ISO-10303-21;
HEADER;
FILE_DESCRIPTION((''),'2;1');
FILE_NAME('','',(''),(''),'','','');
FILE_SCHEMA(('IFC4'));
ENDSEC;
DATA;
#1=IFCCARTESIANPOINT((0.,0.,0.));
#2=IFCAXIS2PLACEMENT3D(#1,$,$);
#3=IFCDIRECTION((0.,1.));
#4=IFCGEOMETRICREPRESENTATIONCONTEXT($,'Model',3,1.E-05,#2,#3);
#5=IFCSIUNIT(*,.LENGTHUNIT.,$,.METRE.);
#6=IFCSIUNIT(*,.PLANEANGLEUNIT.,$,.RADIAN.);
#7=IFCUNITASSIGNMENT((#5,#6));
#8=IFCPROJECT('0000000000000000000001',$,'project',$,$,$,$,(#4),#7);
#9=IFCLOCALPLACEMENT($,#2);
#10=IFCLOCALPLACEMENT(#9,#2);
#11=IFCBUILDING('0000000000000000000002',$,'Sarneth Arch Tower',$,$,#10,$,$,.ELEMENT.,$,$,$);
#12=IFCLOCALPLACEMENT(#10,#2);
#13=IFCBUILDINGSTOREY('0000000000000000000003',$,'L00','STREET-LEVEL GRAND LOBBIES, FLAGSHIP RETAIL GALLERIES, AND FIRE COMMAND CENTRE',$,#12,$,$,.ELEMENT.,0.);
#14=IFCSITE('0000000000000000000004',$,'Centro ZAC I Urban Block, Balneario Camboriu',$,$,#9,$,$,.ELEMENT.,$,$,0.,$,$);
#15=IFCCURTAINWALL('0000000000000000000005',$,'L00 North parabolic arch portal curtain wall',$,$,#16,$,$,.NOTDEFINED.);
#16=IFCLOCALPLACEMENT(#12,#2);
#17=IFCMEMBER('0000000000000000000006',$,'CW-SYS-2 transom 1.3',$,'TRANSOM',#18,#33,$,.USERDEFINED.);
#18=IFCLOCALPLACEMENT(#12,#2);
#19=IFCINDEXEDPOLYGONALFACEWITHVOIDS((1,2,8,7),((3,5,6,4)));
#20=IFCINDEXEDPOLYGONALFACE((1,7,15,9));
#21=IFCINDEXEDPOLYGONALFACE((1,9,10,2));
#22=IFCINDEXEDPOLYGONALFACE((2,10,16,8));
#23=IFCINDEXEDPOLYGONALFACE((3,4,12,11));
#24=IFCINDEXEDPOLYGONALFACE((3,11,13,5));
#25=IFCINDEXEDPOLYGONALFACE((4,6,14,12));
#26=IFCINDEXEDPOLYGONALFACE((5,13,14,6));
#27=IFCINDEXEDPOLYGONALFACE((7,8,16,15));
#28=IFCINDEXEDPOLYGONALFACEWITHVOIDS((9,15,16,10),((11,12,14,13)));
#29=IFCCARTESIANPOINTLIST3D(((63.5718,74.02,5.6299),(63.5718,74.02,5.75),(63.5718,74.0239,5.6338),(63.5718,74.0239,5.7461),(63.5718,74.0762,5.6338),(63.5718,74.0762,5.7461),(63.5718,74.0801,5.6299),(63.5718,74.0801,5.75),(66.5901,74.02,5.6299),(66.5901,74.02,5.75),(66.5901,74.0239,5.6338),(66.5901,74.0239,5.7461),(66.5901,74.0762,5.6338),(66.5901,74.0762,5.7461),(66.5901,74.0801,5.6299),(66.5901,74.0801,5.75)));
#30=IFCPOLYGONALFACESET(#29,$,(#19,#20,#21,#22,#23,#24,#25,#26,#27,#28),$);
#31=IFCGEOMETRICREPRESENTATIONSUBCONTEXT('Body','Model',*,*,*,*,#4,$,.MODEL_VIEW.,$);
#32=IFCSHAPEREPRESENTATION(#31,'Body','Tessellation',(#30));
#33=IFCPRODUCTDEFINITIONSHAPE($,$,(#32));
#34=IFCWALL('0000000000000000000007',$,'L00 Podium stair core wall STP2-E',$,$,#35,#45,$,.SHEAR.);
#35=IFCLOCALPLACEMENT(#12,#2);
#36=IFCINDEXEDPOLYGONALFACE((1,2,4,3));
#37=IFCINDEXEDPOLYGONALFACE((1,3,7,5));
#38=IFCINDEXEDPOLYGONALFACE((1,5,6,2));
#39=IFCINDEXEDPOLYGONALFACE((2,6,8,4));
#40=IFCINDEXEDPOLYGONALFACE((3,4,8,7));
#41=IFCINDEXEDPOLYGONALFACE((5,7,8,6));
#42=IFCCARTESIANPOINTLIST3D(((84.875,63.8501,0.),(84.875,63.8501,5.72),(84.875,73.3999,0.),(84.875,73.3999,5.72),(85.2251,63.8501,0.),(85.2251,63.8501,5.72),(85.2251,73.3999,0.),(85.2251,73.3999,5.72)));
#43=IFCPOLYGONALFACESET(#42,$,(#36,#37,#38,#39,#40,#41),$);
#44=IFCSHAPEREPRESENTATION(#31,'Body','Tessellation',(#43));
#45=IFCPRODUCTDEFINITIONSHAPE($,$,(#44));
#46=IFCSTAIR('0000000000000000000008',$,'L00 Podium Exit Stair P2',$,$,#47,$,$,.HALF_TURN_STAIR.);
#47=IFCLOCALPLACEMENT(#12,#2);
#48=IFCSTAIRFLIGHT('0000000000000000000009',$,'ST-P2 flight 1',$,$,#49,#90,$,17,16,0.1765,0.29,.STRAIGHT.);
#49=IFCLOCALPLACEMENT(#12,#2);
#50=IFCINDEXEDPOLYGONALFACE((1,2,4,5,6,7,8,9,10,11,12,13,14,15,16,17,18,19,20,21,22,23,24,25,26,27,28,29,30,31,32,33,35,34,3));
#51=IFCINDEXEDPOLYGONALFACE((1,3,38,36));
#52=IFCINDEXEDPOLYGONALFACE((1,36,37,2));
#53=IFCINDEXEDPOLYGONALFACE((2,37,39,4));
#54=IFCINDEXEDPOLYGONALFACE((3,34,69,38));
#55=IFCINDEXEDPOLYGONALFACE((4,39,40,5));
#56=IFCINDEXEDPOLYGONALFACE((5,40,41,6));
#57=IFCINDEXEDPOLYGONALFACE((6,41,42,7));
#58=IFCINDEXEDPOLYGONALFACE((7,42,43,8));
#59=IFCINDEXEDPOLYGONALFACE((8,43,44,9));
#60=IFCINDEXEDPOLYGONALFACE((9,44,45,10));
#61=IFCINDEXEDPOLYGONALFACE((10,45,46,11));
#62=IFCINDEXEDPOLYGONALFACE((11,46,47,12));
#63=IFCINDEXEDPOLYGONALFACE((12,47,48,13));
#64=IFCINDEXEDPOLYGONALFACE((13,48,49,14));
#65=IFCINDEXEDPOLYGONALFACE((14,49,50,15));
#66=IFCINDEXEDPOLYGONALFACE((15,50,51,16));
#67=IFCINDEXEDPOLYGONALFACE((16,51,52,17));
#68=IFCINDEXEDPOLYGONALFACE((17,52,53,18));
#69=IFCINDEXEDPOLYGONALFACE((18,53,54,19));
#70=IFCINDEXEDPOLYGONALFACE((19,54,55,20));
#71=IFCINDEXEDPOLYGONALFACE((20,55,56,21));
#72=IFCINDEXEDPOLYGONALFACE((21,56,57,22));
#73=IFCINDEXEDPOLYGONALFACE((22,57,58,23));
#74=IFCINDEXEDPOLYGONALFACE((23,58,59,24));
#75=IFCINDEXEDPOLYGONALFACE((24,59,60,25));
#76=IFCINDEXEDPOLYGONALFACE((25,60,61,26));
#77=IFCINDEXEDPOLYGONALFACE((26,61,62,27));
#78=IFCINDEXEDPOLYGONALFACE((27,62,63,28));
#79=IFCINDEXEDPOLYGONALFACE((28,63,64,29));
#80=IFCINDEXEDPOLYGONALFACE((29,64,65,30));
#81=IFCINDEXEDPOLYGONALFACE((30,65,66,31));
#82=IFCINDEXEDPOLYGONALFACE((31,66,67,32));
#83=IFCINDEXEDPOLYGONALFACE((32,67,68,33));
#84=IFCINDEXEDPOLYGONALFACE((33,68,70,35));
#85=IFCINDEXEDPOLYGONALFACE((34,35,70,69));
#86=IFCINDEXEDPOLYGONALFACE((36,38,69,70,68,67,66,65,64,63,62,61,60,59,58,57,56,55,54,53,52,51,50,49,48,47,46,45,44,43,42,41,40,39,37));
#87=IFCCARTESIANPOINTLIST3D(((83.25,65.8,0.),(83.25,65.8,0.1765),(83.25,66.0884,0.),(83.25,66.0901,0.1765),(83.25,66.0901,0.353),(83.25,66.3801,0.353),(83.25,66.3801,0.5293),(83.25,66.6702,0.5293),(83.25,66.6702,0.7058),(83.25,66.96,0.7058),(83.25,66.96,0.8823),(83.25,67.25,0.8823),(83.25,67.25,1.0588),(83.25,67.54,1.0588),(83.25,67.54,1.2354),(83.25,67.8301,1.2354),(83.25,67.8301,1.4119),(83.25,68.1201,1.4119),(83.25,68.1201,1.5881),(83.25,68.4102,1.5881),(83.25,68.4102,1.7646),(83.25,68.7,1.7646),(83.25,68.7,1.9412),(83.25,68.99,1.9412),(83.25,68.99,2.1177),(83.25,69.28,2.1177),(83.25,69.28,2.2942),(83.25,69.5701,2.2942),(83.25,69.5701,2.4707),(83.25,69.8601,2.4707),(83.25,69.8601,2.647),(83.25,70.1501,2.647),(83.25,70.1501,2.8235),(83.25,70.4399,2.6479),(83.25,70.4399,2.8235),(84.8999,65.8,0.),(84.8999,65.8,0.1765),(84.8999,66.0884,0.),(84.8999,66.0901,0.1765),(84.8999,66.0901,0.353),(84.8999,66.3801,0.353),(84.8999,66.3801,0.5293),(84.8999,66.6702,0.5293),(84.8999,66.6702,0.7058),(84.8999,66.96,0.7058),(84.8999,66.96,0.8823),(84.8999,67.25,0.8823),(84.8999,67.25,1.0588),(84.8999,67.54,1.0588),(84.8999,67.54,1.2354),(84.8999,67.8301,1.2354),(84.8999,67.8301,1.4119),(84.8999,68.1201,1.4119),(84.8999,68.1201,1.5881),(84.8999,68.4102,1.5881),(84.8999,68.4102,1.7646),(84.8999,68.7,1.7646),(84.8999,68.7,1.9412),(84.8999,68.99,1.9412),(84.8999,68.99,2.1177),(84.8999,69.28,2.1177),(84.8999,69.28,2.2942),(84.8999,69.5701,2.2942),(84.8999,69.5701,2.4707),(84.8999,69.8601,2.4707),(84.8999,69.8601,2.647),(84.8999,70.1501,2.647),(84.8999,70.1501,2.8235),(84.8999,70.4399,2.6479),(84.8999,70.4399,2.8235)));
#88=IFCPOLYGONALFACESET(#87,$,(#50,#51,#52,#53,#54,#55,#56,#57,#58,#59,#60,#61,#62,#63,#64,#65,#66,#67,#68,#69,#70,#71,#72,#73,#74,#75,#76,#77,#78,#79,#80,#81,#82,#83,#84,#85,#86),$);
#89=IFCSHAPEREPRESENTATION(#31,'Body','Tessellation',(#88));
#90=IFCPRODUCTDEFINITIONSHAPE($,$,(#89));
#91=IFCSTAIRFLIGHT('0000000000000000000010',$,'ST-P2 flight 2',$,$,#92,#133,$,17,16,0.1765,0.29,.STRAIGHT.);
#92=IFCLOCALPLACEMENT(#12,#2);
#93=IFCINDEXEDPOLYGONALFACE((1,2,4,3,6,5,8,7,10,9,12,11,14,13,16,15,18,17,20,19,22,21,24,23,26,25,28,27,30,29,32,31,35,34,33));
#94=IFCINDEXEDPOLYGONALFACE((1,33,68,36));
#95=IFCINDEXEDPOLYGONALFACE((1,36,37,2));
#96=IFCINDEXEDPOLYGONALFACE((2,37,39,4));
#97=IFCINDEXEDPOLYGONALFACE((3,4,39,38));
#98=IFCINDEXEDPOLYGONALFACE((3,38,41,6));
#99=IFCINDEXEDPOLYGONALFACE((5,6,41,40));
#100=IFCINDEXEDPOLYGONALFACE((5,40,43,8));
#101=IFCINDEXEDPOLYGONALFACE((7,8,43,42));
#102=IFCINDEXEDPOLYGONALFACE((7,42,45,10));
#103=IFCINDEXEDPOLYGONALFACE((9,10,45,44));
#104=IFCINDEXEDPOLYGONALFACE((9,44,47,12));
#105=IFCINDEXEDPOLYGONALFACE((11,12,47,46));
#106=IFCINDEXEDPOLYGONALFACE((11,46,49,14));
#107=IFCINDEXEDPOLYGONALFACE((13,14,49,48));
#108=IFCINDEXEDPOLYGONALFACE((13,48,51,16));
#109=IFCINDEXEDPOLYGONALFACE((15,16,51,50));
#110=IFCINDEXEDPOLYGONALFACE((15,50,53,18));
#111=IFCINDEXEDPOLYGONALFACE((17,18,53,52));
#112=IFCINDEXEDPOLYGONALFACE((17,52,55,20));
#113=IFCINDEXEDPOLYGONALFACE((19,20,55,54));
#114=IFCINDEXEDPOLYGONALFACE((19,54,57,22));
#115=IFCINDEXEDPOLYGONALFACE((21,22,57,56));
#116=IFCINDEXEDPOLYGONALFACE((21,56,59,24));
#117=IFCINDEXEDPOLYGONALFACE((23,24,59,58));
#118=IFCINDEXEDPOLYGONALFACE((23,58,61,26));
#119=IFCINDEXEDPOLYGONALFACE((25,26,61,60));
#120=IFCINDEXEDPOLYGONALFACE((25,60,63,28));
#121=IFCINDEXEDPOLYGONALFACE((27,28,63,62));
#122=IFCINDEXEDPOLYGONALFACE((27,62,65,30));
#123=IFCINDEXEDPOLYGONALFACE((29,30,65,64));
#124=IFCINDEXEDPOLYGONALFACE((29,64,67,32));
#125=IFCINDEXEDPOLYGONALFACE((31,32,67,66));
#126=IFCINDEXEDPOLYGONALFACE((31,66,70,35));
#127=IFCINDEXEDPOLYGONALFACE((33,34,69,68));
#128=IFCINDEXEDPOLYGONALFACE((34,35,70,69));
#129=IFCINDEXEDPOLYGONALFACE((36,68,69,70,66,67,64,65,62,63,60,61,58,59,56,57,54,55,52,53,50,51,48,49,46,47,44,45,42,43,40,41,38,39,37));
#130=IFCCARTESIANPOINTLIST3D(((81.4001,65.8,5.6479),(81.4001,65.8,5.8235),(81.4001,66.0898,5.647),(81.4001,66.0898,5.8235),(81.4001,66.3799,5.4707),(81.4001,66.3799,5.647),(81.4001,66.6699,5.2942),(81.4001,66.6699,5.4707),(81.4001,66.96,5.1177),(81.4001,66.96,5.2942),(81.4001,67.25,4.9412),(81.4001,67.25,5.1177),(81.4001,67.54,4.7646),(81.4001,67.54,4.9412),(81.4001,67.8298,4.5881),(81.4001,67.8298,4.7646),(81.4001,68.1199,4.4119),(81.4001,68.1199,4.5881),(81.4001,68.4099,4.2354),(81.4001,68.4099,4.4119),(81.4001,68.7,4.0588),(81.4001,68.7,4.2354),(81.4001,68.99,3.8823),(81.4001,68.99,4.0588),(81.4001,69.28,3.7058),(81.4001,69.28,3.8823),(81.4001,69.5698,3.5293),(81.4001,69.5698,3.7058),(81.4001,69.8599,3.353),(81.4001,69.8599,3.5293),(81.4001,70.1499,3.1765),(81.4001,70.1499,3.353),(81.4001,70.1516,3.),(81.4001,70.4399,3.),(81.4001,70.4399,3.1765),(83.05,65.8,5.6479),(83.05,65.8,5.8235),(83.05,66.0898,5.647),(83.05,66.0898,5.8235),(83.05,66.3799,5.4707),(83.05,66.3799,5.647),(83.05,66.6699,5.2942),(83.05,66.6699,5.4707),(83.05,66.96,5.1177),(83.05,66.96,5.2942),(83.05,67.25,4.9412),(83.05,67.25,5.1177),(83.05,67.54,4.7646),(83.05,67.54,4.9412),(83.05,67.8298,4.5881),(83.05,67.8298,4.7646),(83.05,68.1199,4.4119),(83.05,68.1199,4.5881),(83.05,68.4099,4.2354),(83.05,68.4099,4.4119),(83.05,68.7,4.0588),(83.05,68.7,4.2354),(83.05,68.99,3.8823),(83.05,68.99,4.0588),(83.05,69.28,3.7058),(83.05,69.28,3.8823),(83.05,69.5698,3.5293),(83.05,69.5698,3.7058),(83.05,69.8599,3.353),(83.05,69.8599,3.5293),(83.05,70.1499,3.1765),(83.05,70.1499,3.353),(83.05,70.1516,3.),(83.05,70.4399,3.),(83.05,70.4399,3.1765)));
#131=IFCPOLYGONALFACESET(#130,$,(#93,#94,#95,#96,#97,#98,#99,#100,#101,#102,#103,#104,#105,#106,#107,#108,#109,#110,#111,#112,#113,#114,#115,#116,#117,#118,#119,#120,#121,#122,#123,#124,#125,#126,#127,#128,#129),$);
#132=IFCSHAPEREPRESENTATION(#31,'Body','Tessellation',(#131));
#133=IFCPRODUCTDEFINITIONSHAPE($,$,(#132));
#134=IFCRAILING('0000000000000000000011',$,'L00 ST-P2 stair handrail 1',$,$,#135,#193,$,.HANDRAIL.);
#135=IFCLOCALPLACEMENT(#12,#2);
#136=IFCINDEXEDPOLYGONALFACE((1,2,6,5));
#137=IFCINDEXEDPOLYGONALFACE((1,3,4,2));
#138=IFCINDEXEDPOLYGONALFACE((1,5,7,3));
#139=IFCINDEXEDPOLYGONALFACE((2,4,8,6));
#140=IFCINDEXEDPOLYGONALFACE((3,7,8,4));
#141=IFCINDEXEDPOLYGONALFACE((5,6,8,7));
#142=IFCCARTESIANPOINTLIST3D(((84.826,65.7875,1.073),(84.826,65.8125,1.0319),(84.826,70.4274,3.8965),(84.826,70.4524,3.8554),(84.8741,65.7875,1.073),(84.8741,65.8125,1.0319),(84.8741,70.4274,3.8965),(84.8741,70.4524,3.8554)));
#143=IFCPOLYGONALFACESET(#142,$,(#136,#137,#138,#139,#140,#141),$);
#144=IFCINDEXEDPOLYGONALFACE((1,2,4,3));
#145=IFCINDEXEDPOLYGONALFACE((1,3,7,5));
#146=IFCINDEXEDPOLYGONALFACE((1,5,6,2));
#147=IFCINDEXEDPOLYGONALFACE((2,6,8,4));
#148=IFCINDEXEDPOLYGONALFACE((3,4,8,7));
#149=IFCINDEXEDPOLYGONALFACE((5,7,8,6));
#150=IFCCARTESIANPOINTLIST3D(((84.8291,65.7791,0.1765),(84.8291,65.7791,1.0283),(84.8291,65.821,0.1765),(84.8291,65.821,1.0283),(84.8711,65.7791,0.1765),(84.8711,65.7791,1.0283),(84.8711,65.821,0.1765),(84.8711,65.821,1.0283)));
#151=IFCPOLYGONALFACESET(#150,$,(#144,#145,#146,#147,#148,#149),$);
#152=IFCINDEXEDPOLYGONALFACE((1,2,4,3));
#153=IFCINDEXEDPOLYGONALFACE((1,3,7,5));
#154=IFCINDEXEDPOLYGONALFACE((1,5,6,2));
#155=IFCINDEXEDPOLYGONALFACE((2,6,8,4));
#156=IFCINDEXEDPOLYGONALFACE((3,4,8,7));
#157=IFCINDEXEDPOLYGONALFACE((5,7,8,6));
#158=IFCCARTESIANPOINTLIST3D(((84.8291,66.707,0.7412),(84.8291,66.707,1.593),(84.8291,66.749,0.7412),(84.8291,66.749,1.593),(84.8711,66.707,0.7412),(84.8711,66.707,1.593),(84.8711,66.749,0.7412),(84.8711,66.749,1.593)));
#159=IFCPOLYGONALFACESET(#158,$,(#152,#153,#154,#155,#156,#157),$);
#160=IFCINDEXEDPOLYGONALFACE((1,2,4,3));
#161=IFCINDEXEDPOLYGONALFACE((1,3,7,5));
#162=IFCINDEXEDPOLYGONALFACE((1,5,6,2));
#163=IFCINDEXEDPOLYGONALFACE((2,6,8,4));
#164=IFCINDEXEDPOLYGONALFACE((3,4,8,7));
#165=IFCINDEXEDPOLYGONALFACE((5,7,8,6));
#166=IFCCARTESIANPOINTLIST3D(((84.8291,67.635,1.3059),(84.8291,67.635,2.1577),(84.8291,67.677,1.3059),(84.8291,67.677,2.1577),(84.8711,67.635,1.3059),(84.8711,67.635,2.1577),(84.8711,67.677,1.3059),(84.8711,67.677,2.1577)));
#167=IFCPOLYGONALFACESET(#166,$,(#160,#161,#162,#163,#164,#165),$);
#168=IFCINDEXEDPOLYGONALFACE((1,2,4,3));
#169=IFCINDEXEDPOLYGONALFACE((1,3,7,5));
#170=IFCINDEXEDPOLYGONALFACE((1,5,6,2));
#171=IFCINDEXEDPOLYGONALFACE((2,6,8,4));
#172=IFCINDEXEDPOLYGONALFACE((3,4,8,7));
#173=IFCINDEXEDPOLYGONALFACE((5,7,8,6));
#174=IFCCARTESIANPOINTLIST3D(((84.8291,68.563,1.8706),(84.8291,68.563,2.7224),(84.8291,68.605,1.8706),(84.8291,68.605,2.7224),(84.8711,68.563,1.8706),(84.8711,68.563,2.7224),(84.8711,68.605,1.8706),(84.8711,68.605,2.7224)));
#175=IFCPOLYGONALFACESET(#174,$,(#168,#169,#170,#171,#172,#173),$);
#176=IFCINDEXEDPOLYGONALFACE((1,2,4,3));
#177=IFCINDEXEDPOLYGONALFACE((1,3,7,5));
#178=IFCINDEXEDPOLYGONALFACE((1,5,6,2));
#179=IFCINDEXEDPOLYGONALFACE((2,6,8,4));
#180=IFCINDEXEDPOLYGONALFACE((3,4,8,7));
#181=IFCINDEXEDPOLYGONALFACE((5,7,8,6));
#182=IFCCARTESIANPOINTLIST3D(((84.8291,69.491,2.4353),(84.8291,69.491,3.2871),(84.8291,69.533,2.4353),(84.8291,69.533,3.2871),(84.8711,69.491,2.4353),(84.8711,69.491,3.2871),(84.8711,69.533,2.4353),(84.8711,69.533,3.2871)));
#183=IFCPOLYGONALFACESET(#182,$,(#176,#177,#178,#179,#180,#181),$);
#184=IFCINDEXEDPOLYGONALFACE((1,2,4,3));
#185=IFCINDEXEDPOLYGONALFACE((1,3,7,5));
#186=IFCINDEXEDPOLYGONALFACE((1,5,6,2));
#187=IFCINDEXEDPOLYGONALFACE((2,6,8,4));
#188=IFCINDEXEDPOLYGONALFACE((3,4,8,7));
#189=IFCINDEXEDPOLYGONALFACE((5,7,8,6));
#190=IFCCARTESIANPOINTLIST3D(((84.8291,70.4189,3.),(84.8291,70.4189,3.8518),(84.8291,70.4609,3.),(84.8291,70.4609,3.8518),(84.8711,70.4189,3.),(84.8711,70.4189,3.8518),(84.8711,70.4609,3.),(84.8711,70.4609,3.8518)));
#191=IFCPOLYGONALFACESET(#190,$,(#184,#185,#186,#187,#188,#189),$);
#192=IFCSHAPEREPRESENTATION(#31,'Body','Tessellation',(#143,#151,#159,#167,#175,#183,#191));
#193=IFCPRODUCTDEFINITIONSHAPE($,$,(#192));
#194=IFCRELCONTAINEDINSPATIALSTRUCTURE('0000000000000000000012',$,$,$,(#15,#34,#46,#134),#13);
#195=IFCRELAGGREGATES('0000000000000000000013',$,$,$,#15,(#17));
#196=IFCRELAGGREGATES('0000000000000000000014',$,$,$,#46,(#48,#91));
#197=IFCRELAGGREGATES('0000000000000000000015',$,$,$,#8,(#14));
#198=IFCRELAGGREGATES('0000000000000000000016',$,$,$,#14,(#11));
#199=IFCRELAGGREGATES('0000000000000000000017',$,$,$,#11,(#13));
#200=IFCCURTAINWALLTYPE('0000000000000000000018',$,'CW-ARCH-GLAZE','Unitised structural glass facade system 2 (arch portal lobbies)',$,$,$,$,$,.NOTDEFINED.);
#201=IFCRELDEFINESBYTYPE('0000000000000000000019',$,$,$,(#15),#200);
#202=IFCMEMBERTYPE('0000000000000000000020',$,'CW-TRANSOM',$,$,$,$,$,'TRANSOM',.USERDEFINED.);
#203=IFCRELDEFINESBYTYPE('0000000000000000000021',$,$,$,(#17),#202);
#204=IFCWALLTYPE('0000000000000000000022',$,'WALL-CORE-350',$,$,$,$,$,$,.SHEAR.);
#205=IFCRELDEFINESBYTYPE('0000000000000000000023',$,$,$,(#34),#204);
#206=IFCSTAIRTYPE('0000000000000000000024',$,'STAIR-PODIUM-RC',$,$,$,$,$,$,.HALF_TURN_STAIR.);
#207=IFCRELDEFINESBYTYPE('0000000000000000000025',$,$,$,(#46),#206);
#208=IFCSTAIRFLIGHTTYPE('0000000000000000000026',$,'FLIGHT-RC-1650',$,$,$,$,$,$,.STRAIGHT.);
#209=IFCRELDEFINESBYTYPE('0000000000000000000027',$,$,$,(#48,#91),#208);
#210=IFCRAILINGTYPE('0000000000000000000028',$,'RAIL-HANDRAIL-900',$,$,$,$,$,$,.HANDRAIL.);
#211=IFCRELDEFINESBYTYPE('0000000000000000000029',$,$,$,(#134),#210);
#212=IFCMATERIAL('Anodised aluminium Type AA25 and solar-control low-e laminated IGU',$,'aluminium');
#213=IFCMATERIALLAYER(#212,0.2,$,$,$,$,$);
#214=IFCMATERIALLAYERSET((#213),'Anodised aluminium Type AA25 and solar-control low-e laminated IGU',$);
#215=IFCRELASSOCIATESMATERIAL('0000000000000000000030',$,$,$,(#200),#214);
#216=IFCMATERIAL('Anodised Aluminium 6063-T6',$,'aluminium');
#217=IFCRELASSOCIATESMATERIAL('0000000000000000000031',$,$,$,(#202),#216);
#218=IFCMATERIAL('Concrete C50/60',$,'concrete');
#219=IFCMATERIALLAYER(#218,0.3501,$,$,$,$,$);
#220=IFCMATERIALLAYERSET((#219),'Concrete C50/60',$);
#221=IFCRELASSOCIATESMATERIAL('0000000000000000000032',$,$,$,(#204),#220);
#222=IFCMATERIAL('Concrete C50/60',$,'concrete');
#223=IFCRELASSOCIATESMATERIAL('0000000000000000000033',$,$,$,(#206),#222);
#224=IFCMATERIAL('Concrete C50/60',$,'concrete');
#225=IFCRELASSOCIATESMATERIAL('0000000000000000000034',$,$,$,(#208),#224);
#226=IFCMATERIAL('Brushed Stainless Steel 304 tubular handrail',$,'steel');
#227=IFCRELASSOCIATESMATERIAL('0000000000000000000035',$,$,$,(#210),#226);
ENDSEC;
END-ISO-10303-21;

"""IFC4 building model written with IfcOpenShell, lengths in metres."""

from ifc_helpers import new_model, si_unit, direction, frame, frame_2d, origin, origin_2d, place, context, subcontext, project, spatial, polyline, rectangle, hollow_rectangle, outline, extrude, material, layer, layer_set, material_profile, profile_set, type_object, element, aggregate, save


model = new_model("IFC4")

# Units and contexts
model_context = context("Model", 3, precision=1e-05, world=origin(), true_north=direction((0.0, 1.0)))
body_context = subcontext(model_context, "Body", "Model", "MODEL_VIEW")
ifc_project = project(units=[si_unit("LENGTHUNIT", "METRE"), si_unit("PLANEANGLEUNIT", "RADIAN")], contexts=[model_context])

# Site, building, storey
site_placement = place(None, origin())
site = spatial("IfcSite", under=ifc_project, at=site_placement, Name="Centro ZAC I Urban Block, Balneario Camboriu", CompositionType="ELEMENT", RefElevation=0.0)
building_placement = place(site_placement, origin())
building = spatial("IfcBuilding", under=site, at=building_placement, Name="Sarneth Arch Tower", CompositionType="ELEMENT")
storey_placement = place(building_placement, origin())
storey = spatial("IfcBuildingStorey", under=building, at=storey_placement, Name="L00", Description="STREET-LEVEL GRAND LOBBIES, FLAGSHIP RETAIL GALLERIES, AND FIRE COMMAND CENTRE", CompositionType="ELEMENT", Elevation=0.0)

# Curtain wall, member
ifc_material_1 = material(Name="Anodised aluminium Type AA25 and solar-control low-e laminated IGU", Category="aluminium")
ifc_layer_1 = layer(ifc_material_1, 0.2)
ifc_layer_set_1 = layer_set([ifc_layer_1], Name="Anodised aluminium Type AA25 and solar-control low-e laminated IGU")
curtain_wall_type = type_object("IfcCurtainWallType", Name="CW-ARCH-GLAZE", Description="Unitised structural glass facade system 2 (arch portal lobbies)", PredefinedType="NOTDEFINED", material=ifc_layer_set_1)
curtain_wall_placement = place(storey_placement, origin())
curtain_wall = element("IfcCurtainWall", 1, at=curtain_wall_placement, inside=storey, type_object=curtain_wall_type, Name="L00 North parabolic arch portal curtain wall", PredefinedType="NOTDEFINED")
ifc_material_2 = material(Name="Anodised Aluminium 6063-T6", Category="aluminium")
ifc_material_profile_1 = material_profile(ifc_material_2, hollow_rectangle(XDim=0.0601, YDim=0.1201, WallThickness=0.0039, at=origin_2d()), Name="AL-TRAN-120x60x4")
ifc_profile_set_1 = profile_set([ifc_material_profile_1], Name="Anodised Aluminium 6063-T6")
member_type = type_object("IfcMemberType", Name="CW-TRANSOM", ElementType="TRANSOM", PredefinedType="USERDEFINED", material=ifc_profile_set_1)
member_1_placement = place(storey_placement, frame((66.5901, 74.05, 5.6899), z_axis=(-1.0, 0.0, 0.0), x_axis=(0.0, -1.0, 0.0)))
member_1 = element("IfcMember", 2, at=member_1_placement, type_object=member_type, Name="CW-SYS-2 transom 1.3", ObjectType="TRANSOM", PredefinedType="USERDEFINED", context=body_context, shape_type="SweptSolid", body=[
    extrude(hollow_rectangle(XDim=0.0601, YDim=0.1201, WallThickness=0.0039, at=origin_2d()), origin(), (0.0, 0.0, 1.0), 3.0183),
])
aggregate(curtain_wall, [member_1])

# Wall
ifc_material_3 = material(Name="Concrete C50/60", Category="concrete")
ifc_layer_2 = layer(ifc_material_3, 0.3501)
ifc_layer_set_2 = layer_set([ifc_layer_2], Name="Concrete C50/60")
wall_type_1 = type_object("IfcWallType", Name="WALL-CORE-350", PredefinedType="SHEAR", material=ifc_layer_set_2)
wall_1_placement = place(storey_placement, frame((85.05, 63.8501, 0.0), z_axis=(0.0, 0.0, 1.0), x_axis=(0.0, 1.0, 0.0)))
element("IfcWall", 3, at=wall_1_placement, inside=storey, type_object=wall_type_1, Name="L00 Podium stair core wall STP2-E", PredefinedType="SHEAR", context=body_context, shape_type="SweptSolid", body=[
    extrude(rectangle(XDim=9.5498, YDim=0.3501, at=frame_2d((4.7749, 0.0))), origin(), (0.0, 0.0, 1.0), 5.72),
])

# Stair, stair flights
ifc_material_4 = material(Name="Concrete C50/60", Category="concrete")
stair_type = type_object("IfcStairType", Name="STAIR-PODIUM-RC", PredefinedType="HALF_TURN_STAIR", material=ifc_material_4)
stair_placement = place(storey_placement, origin())
stair = element("IfcStair", 4, at=stair_placement, inside=storey, type_object=stair_type, Name="L00 Podium Exit Stair P2", PredefinedType="HALF_TURN_STAIR")
ifc_material_5 = material(Name="Concrete C50/60", Category="concrete")
stair_flight_type = type_object("IfcStairFlightType", Name="FLIGHT-RC-1650", PredefinedType="STRAIGHT", material=ifc_material_5)
stair_flight_1_placement = place(storey_placement, frame((84.075, 65.8, 0.0), z_axis=(0.0, 0.0, 1.0), x_axis=(0.0, 1.0, 0.0)))
stair_flight_1 = element("IfcStairFlight", 5, at=stair_flight_1_placement, type_object=stair_flight_type, Name="ST-P2 flight 1", NumberOfRisers=17, NumberOfTreads=16, PredefinedType="STRAIGHT", RiserHeight=0.1765, TreadLength=0.29, context=body_context, shape_type="SweptSolid", body=[
    extrude(outline(polyline([(0.0, 0.0), (0.0, 0.1765), (0.29, 0.1765), (0.29, 0.353), (0.5801, 0.353), (0.5801, 0.5293), (0.8701, 0.5293), (0.8701, 0.7058), (1.1599, 0.7058), (1.1599, 0.8823), (1.45, 0.8823), (1.45, 1.0588), (1.74, 1.0588), (1.74, 1.2354), (2.03, 1.2354), (2.03, 1.4119), (2.3201, 1.4119), (2.3201, 1.5881), (2.6101, 1.5881), (2.6101, 1.7646), (2.8999, 1.7646), (2.8999, 1.9412), (3.1899, 1.9412), (3.1899, 2.1177), (3.48, 2.1177), (3.48, 2.2942), (3.77, 2.2942), (3.77, 2.4707), (4.0601, 2.4707), (4.0601, 2.647), (4.3501, 2.647), (4.3501, 2.8235), (4.6399, 2.8235), (4.6399, 3.0), (4.6399, 2.6479), (0.2883, 0.0), (0.0, 0.0)])), frame((0.0, 0.825, 0.0), z_axis=(0.0, -1.0, 0.0), x_axis=(1.0, 0.0, 0.0)), (0.0, 0.0, 1.0), 1.6499),
])
stair_flight_2_placement = place(storey_placement, frame((82.2251, 70.4399, 3.0), z_axis=(0.0, 0.0, 1.0), x_axis=(0.0, -1.0, 0.0)))
stair_flight_2 = element("IfcStairFlight", 6, at=stair_flight_2_placement, type_object=stair_flight_type, Name="ST-P2 flight 2", NumberOfRisers=17, NumberOfTreads=16, PredefinedType="STRAIGHT", RiserHeight=0.1765, TreadLength=0.29, context=body_context, shape_type="SweptSolid", body=[
    extrude(outline(polyline([(0.0, 0.0), (0.0, 0.1765), (0.29, 0.1765), (0.29, 0.353), (0.5801, 0.353), (0.5801, 0.5293), (0.8701, 0.5293), (0.8701, 0.7058), (1.1599, 0.7058), (1.1599, 0.8823), (1.45, 0.8823), (1.45, 1.0588), (1.74, 1.0588), (1.74, 1.2354), (2.03, 1.2354), (2.03, 1.4119), (2.3201, 1.4119), (2.3201, 1.5881), (2.6101, 1.5881), (2.6101, 1.7646), (2.8999, 1.7646), (2.8999, 1.9412), (3.1899, 1.9412), (3.1899, 2.1177), (3.48, 2.1177), (3.48, 2.2942), (3.77, 2.2942), (3.77, 2.4707), (4.0601, 2.4707), (4.0601, 2.647), (4.3501, 2.647), (4.3501, 2.8235), (4.6399, 2.8235), (4.6399, 3.0), (4.6399, 2.6479), (0.2883, 0.0), (0.0, 0.0)])), frame((0.0, 0.825, 0.0), z_axis=(0.0, -1.0, 0.0), x_axis=(1.0, 0.0, 0.0)), (0.0, 0.0, 1.0), 1.6499),
])
aggregate(stair, [stair_flight_1, stair_flight_2])

# Railing
ifc_material_6 = material(Name="Brushed Stainless Steel 304 tubular handrail", Category="steel")
railing_type_1 = type_object("IfcRailingType", Name="RAIL-HANDRAIL-900", PredefinedType="HANDRAIL", material=ifc_material_6)
railing_1_placement = place(storey_placement, frame((84.8501, 65.8, 0.1765)))
element("IfcRailing", 7, at=railing_1_placement, inside=storey, type_object=railing_type_1, Name="L00 ST-P2 stair handrail 1", PredefinedType="HANDRAIL", context=body_context, shape_type="SweptSolid", body=[
    extrude(rectangle(XDim=0.0481, YDim=0.0481, at=origin_2d()), frame((0.0, 0.0, 0.876), z_axis=(0.0, 0.854264, 0.51984), x_axis=(-1.0, 0.0, 0.0)), (0.0, 0.0, 1.0), 5.4314),
    extrude(rectangle(XDim=0.042, YDim=0.042, at=origin_2d()), origin(), (0.0, 0.0, 1.0), 0.8518),
    extrude(rectangle(XDim=0.042, YDim=0.042, at=origin_2d()), frame((0.0, 0.928, 0.5647)), (0.0, 0.0, 1.0), 0.8518),
    extrude(rectangle(XDim=0.042, YDim=0.042, at=origin_2d()), frame((0.0, 1.856, 1.1294)), (0.0, 0.0, 1.0), 0.8518),
    extrude(rectangle(XDim=0.042, YDim=0.042, at=origin_2d()), frame((0.0, 2.7839, 1.6941)), (0.0, 0.0, 1.0), 0.8518),
    extrude(rectangle(XDim=0.042, YDim=0.042, at=origin_2d()), frame((0.0, 3.7119, 2.2588)), (0.0, 0.0, 1.0), 0.8518),
    extrude(rectangle(XDim=0.042, YDim=0.042, at=origin_2d()), frame((0.0, 4.6399, 2.8235)), (0.0, 0.0, 1.0), 0.8518),
])

save(model, "model.ifc")
